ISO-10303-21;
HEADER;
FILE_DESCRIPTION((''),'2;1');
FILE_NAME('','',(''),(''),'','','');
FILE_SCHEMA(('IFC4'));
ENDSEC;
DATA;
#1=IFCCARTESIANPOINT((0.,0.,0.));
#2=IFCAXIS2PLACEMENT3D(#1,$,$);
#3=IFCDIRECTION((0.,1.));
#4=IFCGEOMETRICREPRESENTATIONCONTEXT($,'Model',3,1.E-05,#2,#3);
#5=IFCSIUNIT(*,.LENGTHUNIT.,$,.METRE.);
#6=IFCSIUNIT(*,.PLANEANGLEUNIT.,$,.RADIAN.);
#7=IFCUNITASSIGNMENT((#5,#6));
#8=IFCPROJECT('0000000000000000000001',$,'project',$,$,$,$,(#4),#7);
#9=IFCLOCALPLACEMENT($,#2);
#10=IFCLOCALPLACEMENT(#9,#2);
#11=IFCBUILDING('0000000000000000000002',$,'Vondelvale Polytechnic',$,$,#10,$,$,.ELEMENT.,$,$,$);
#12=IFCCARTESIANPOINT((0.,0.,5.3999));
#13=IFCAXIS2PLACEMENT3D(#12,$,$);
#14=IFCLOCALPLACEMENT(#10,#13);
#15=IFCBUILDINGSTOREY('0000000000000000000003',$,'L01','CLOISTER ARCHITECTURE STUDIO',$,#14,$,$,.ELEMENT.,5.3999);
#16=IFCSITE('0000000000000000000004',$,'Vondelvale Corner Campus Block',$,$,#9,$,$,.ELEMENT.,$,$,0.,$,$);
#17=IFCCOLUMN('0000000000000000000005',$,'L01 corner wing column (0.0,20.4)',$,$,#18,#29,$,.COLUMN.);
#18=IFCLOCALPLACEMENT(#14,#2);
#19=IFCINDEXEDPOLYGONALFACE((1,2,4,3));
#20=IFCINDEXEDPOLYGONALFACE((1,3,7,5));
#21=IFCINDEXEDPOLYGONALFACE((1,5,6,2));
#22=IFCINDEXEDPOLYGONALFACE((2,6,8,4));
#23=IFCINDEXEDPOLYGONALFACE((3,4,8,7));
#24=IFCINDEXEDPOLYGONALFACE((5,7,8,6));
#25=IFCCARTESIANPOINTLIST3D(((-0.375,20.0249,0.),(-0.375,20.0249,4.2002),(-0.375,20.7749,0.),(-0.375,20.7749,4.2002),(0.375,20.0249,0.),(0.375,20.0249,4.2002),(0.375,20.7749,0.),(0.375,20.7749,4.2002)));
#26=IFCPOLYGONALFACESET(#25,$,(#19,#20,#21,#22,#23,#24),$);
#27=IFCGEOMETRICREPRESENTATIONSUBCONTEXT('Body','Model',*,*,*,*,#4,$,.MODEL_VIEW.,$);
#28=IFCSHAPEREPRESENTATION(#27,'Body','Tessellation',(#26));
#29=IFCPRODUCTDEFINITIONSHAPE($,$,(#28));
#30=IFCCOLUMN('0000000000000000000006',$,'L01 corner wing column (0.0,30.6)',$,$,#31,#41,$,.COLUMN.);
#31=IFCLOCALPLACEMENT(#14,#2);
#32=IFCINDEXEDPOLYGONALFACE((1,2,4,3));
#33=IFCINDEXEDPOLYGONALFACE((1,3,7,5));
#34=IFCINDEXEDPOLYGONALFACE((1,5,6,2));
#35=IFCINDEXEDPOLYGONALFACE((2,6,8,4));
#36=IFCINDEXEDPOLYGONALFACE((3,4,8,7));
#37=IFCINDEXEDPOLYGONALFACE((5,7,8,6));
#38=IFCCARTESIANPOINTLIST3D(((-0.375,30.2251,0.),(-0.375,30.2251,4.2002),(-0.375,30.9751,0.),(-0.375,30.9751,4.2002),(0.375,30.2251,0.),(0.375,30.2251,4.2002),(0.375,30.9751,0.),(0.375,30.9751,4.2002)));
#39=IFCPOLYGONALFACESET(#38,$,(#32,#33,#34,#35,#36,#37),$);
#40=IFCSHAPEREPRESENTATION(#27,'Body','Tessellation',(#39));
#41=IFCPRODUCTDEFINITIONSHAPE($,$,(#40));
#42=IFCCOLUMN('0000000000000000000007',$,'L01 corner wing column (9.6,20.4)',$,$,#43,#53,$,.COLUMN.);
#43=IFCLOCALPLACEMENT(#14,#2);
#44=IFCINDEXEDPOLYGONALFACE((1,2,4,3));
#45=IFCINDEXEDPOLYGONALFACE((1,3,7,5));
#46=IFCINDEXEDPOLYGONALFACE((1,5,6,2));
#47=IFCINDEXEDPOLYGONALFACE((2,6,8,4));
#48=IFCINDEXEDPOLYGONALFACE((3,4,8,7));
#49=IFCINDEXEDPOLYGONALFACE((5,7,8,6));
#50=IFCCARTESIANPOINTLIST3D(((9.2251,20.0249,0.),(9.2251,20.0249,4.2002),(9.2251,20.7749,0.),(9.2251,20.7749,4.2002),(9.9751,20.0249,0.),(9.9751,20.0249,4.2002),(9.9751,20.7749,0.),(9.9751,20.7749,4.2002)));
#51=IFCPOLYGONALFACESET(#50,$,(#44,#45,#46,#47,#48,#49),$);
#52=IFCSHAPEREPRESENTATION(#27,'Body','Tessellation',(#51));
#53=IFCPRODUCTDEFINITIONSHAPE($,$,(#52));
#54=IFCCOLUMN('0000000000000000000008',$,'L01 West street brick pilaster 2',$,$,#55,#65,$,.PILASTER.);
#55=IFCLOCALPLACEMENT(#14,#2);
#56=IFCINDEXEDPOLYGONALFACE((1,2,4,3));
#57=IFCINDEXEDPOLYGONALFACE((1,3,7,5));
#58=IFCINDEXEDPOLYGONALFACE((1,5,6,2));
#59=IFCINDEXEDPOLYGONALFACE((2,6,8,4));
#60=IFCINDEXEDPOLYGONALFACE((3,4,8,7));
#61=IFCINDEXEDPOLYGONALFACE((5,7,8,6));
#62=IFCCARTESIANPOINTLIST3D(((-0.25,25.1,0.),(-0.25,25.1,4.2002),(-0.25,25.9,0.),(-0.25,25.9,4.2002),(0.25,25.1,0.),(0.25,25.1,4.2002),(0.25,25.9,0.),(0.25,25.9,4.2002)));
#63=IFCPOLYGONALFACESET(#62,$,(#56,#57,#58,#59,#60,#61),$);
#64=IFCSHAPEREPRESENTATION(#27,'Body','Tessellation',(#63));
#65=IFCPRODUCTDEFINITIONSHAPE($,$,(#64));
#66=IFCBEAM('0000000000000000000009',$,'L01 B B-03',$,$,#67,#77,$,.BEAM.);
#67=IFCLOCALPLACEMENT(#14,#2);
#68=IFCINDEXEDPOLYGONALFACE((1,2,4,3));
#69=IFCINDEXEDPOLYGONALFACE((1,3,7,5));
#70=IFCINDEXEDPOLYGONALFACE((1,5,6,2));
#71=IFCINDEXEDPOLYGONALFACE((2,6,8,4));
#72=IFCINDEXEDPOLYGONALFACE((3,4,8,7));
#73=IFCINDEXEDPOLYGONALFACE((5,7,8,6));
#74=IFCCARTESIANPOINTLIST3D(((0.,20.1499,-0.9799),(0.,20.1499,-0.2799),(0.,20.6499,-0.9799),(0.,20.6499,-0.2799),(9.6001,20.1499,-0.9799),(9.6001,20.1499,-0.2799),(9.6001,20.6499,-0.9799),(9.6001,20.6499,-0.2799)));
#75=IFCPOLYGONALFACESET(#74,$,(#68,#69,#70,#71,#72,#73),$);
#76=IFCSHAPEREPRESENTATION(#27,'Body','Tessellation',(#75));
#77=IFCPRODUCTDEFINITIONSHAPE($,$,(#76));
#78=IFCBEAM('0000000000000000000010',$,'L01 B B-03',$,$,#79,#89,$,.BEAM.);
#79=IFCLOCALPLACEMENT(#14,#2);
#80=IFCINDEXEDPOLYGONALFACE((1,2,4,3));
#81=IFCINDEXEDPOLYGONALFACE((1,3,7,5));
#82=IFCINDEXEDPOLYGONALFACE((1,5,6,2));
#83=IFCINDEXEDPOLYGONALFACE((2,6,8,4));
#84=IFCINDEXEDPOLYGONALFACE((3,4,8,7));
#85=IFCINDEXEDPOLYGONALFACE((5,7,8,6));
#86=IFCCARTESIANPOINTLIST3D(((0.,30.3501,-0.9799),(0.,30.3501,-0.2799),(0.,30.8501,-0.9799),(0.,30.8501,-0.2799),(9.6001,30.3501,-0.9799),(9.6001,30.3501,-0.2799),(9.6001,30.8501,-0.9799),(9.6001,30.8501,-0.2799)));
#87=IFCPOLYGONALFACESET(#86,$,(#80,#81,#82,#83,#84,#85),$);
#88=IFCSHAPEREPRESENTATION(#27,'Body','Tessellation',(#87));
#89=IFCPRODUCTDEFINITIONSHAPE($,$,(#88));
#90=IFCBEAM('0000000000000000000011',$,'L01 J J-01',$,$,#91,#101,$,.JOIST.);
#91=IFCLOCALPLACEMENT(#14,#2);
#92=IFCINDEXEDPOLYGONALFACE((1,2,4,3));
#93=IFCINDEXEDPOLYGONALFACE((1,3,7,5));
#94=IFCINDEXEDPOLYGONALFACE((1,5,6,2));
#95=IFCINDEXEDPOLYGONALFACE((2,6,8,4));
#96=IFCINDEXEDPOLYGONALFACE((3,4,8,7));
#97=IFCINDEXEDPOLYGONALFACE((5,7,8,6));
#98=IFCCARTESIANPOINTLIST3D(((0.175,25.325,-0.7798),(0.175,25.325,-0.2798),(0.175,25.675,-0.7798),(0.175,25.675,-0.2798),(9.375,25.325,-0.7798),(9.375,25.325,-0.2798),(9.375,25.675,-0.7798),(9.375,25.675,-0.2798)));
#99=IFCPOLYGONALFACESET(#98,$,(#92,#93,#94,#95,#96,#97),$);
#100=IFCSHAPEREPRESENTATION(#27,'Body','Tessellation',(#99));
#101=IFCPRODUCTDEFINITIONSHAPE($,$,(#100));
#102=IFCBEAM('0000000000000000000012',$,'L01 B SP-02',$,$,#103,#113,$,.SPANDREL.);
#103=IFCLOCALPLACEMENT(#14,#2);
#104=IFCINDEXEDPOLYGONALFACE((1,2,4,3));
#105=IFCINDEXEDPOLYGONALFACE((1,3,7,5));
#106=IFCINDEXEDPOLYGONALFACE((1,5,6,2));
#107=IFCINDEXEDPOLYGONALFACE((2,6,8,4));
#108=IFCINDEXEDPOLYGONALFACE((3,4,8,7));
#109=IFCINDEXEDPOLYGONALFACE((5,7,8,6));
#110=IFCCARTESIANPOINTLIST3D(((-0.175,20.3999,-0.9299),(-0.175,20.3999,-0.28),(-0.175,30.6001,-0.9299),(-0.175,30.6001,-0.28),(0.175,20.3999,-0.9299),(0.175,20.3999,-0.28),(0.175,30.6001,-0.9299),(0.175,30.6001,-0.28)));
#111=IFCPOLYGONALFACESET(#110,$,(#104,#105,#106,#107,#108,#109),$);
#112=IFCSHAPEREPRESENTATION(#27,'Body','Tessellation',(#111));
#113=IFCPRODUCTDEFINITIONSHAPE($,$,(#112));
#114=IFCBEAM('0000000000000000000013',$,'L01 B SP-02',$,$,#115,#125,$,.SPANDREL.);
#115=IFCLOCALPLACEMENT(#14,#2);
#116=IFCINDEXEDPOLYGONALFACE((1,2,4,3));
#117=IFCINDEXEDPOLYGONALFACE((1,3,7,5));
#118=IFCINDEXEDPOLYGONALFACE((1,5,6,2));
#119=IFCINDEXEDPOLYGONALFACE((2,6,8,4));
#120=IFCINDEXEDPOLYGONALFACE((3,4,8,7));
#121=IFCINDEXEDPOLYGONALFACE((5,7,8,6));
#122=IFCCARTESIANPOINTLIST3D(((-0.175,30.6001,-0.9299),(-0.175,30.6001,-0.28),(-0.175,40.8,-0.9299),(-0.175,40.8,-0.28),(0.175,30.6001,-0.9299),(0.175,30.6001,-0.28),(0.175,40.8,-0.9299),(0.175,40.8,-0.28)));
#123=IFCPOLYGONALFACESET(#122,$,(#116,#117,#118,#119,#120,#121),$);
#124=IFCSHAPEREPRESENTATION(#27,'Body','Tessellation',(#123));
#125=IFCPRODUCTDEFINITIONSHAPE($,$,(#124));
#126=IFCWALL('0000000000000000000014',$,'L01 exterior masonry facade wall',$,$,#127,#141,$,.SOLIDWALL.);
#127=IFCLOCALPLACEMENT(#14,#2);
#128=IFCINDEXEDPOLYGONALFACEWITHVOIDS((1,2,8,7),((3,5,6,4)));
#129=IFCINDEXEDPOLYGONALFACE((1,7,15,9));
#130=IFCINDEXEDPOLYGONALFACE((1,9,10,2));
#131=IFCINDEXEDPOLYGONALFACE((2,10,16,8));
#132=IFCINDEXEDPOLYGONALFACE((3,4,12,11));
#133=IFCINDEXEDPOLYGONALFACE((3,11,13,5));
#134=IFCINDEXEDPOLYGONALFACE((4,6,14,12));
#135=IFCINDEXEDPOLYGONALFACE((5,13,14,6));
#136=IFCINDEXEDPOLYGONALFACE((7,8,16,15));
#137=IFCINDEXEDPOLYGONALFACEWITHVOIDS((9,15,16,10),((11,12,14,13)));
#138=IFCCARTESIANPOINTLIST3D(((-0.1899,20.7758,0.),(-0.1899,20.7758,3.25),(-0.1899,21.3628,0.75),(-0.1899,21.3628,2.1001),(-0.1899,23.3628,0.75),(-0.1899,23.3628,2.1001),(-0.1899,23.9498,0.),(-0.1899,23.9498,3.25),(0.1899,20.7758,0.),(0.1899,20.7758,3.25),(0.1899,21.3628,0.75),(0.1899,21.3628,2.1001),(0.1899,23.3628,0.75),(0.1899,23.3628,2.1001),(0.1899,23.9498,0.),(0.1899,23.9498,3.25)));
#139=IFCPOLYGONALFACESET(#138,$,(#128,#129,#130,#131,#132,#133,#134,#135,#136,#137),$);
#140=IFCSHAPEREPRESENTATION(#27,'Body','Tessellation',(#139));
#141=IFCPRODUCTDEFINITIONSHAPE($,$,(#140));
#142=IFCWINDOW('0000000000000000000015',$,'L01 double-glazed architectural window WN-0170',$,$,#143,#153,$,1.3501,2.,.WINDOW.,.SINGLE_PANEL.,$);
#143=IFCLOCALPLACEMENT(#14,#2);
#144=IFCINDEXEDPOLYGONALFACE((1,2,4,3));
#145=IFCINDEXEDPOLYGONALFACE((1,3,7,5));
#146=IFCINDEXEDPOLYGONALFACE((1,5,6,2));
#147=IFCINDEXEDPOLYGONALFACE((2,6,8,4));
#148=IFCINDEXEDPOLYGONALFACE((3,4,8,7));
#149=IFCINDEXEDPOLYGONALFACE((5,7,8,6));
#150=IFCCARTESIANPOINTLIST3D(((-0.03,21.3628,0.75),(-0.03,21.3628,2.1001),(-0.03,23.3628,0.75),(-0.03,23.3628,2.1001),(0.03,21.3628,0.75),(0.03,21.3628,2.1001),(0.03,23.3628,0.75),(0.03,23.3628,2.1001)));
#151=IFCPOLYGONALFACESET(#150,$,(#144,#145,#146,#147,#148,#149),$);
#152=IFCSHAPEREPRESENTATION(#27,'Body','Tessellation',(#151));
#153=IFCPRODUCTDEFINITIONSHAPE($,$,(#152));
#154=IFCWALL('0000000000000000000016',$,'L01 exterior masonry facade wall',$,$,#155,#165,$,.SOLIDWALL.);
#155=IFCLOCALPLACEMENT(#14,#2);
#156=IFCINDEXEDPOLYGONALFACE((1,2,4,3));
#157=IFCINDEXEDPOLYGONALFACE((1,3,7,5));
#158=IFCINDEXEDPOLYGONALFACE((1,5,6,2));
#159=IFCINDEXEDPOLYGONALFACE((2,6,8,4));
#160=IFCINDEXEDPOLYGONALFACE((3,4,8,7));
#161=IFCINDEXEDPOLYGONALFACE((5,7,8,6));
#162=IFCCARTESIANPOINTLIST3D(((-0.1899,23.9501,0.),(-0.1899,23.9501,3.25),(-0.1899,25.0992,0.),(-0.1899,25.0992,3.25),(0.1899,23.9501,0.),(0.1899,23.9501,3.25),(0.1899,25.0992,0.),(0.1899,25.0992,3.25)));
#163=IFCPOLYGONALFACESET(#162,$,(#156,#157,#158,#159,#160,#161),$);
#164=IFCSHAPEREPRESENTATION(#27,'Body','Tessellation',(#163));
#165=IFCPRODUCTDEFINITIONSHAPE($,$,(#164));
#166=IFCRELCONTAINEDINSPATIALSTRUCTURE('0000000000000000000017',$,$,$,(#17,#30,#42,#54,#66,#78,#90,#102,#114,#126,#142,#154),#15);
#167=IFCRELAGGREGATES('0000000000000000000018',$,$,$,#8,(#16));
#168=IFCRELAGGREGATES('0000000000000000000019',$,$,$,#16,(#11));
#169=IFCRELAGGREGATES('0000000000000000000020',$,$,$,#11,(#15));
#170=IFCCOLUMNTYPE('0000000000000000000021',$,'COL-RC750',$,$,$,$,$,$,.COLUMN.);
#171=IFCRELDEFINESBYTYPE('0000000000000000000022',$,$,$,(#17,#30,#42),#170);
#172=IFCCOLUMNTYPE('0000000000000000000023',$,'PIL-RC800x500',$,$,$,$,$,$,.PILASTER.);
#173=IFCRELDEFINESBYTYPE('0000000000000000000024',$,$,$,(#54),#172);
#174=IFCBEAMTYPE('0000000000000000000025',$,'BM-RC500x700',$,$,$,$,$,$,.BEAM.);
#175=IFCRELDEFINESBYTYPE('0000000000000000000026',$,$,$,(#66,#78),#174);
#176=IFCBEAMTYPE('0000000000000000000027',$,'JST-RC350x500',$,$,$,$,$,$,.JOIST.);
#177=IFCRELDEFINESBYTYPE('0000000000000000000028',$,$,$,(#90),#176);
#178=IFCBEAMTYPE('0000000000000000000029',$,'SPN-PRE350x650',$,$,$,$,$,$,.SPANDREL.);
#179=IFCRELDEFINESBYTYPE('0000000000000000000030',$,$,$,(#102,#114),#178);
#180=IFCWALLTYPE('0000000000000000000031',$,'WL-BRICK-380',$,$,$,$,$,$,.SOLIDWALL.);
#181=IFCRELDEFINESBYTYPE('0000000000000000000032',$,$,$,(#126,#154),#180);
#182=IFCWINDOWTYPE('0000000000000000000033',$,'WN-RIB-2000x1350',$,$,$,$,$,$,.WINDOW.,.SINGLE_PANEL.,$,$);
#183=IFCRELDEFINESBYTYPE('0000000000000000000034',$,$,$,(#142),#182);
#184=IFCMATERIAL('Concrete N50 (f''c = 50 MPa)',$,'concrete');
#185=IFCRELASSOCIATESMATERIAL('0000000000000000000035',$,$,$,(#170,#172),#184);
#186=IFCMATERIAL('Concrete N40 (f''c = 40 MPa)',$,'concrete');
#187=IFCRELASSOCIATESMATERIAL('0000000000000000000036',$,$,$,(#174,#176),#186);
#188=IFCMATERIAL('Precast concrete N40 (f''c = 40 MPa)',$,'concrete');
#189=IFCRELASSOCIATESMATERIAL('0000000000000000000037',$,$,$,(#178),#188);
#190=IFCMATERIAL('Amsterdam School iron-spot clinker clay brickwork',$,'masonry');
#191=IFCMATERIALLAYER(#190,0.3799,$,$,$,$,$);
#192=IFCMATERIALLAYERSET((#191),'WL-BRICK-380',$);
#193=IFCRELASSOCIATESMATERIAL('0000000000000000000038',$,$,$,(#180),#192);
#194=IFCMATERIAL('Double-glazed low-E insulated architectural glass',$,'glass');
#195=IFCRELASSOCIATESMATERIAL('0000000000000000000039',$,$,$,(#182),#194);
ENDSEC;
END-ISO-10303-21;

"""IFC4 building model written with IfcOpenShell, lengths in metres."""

from ifc_helpers import new_model, si_unit, direction, frame, frame_2d, origin, origin_2d, place, context, subcontext, project, spatial, rectangle, extrude, material, layer, layer_set, material_profile, profile_set, type_object, element, fill, save


model = new_model("IFC4")

# Units and contexts
model_context = context("Model", 3, precision=1e-05, world=origin(), true_north=direction((0.0, 1.0)))
body_context = subcontext(model_context, "Body", "Model", "MODEL_VIEW")
ifc_project = project(units=[si_unit("LENGTHUNIT", "METRE"), si_unit("PLANEANGLEUNIT", "RADIAN")], contexts=[model_context])

# Site, building, storey
site_placement = place(None, origin())
site = spatial("IfcSite", under=ifc_project, at=site_placement, Name="Vondelvale Corner Campus Block", CompositionType="ELEMENT", RefElevation=0.0)
building_placement = place(site_placement, origin())
building = spatial("IfcBuilding", under=site, at=building_placement, Name="Vondelvale Polytechnic", CompositionType="ELEMENT")
storey_placement = place(building_placement, frame((0.0, 0.0, 5.3999)))
storey = spatial("IfcBuildingStorey", under=building, at=storey_placement, Name="L01", Description="CLOISTER ARCHITECTURE STUDIO", CompositionType="ELEMENT", Elevation=5.3999)

# Columns
ifc_material_1 = material(Name="Concrete N50 (f'c = 50 MPa)", Category="concrete")
ifc_material_profile_1 = material_profile(ifc_material_1, rectangle(XDim=0.75, YDim=0.75, at=origin_2d()), Name="RC-COL-750x750")
ifc_profile_set_1 = profile_set([ifc_material_profile_1], Name="Concrete N50 (f'c = 50 MPa)")
column_type_1 = type_object("IfcColumnType", Name="COL-RC750", PredefinedType="COLUMN", material=ifc_profile_set_1)
for number, where, z_axis, x_axis, name in (
    (1, (0.0, 20.3999, 0.0), (0.0, 0.0, 1.0), (1.0, 0.0, 0.0), "L01 corner wing column (0.0,20.4)"),
    (2, (0.0, 30.6001, 0.0), (0.0, 0.0, 1.0), (1.0, 0.0, 0.0), "L01 corner wing column (0.0,30.6)"),
    (3, (9.6001, 20.3999, 0.0), (0.0, 0.0, 1.0), (1.0, 0.0, 0.0), "L01 corner wing column (9.6,20.4)"),
):
    element("IfcColumn", number, at=place(storey_placement, frame(where, z_axis=z_axis, x_axis=x_axis)), inside=storey, type_object=column_type_1, Name=name, PredefinedType="COLUMN", context=body_context, shape_type="SweptSolid", body=[
        extrude(rectangle(XDim=0.75, YDim=0.75, at=origin_2d()), origin(), (0.0, 0.0, 1.0), 4.2002),
    ])
ifc_material_profile_2 = material_profile(ifc_material_1, rectangle(XDim=0.5, YDim=0.8, at=origin_2d()), Name="RC-PIL-800x500")
ifc_profile_set_2 = profile_set([ifc_material_profile_2], Name="Concrete N50 (f'c = 50 MPa)")
column_type_2 = type_object("IfcColumnType", Name="PIL-RC800x500", PredefinedType="PILASTER", material=ifc_profile_set_2)
column_placement = place(storey_placement, frame((0.0, 25.5, 0.0), z_axis=(0.0, 0.0, 1.0), x_axis=(1.0, 0.0, 0.0)))
element("IfcColumn", 4, at=column_placement, inside=storey, type_object=column_type_2, Name="L01 West street brick pilaster 2", PredefinedType="PILASTER", context=body_context, shape_type="SweptSolid", body=[
    extrude(rectangle(XDim=0.5, YDim=0.8, at=origin_2d()), origin(), (0.0, 0.0, 1.0), 4.2002),
])

# Beams
ifc_material_2 = material(Name="Concrete N40 (f'c = 40 MPa)", Category="concrete")
ifc_material_profile_3 = material_profile(ifc_material_2, rectangle(XDim=0.5, YDim=0.7, at=origin_2d()), Name="RC-BM-500x700")
ifc_profile_set_3 = profile_set([ifc_material_profile_3], Name="Concrete N40 (f'c = 40 MPa)")
beam_type_1 = type_object("IfcBeamType", Name="BM-RC500x700", PredefinedType="BEAM", material=ifc_profile_set_3)
for number, where, z_axis, x_axis, name in (
    (5, (0.0, 20.3999, -0.6299), (1.0, 0.0, 0.0), (0.0, 1.0, 0.0), "L01 B B-03"),
    (6, (0.0, 30.6001, -0.6299), (1.0, 0.0, 0.0), (0.0, 1.0, 0.0), "L01 B B-03"),
):
    element("IfcBeam", number, at=place(storey_placement, frame(where, z_axis=z_axis, x_axis=x_axis)), inside=storey, type_object=beam_type_1, Name=name, PredefinedType="BEAM", context=body_context, shape_type="SweptSolid", body=[
        extrude(rectangle(XDim=0.5, YDim=0.7, at=origin_2d()), origin(), (0.0, 0.0, 1.0), 9.6001),
    ])
ifc_material_profile_4 = material_profile(ifc_material_2, rectangle(XDim=0.3501, YDim=0.5, at=origin_2d()), Name="RC-JST-350x500")
ifc_profile_set_4 = profile_set([ifc_material_profile_4], Name="Concrete N40 (f'c = 40 MPa)")
beam_type_2 = type_object("IfcBeamType", Name="JST-RC350x500", PredefinedType="JOIST", material=ifc_profile_set_4)
beam_1_placement = place(storey_placement, frame((0.175, 25.5, -0.5298), z_axis=(1.0, 0.0, 0.0), x_axis=(0.0, 1.0, 0.0)))
element("IfcBeam", 7, at=beam_1_placement, inside=storey, type_object=beam_type_2, Name="L01 J J-01", PredefinedType="JOIST", context=body_context, shape_type="SweptSolid", body=[
    extrude(rectangle(XDim=0.3501, YDim=0.5, at=origin_2d()), origin(), (0.0, 0.0, 1.0), 9.2),
])
ifc_material_3 = material(Name="Precast concrete N40 (f'c = 40 MPa)", Category="concrete")
ifc_material_profile_5 = material_profile(ifc_material_3, rectangle(XDim=0.3501, YDim=0.6499, at=origin_2d()), Name="RC-SPN-350x650")
ifc_profile_set_5 = profile_set([ifc_material_profile_5], Name="Precast concrete N40 (f'c = 40 MPa)")
beam_type_3 = type_object("IfcBeamType", Name="SPN-PRE350x650", PredefinedType="SPANDREL", material=ifc_profile_set_5)
beam_2_placement = place(storey_placement, frame((0.0, 20.3999, -0.605), z_axis=(0.0, 1.0, 0.0), x_axis=(-1.0, 0.0, 0.0)))
element("IfcBeam", 8, at=beam_2_placement, inside=storey, type_object=beam_type_3, Name="L01 B SP-02", PredefinedType="SPANDREL", context=body_context, shape_type="SweptSolid", body=[
    extrude(rectangle(XDim=0.3501, YDim=0.6499, at=origin_2d()), origin(), (0.0, 0.0, 1.0), 10.2002),
])
beam_3_placement = place(storey_placement, frame((0.0, 30.6001, -0.605), z_axis=(0.0, 1.0, 0.0), x_axis=(-1.0, 0.0, 0.0)))
element("IfcBeam", 9, at=beam_3_placement, inside=storey, type_object=beam_type_3, Name="L01 B SP-02", PredefinedType="SPANDREL", context=body_context, shape_type="SweptSolid", body=[
    extrude(rectangle(XDim=0.3501, YDim=0.6499, at=origin_2d()), origin(), (0.0, 0.0, 1.0), 10.2),
])

# Wall, opening, window
ifc_material_4 = material(Name="Amsterdam School iron-spot clinker clay brickwork", Category="masonry")
ifc_layer_1 = layer(ifc_material_4, 0.3799)
ifc_layer_set_1 = layer_set([ifc_layer_1], Name="WL-BRICK-380")
wall_type_1 = type_object("IfcWallType", Name="WL-BRICK-380", PredefinedType="SOLIDWALL", material=ifc_layer_set_1)
wall_1_placement = place(storey_placement, frame((0.0, 20.7759, 0.0), z_axis=(0.0, 0.0, 1.0), x_axis=(0.0, 1.0, 0.0)))
wall_1 = element("IfcWall", 10, at=wall_1_placement, inside=storey, type_object=wall_type_1, Name="L01 exterior masonry facade wall", PredefinedType="SOLIDWALL", context=body_context, shape_type="SweptSolid", body=[
    extrude(rectangle(XDim=3.1741, YDim=0.3799, at=frame_2d((1.5869, 0.0))), origin(), (0.0, 0.0, 1.0), 3.25),
])
opening_1_placement = place(wall_1_placement, frame((0.5869, 0.0, 0.75)))
opening_1 = element("IfcOpeningElement", 11, at=opening_1_placement, cuts=wall_1, PredefinedType="OPENING", context=body_context, shape_type="SweptSolid", body=[
    extrude(rectangle(XDim=2.0, YDim=1.3501, at=frame_2d((1.0, 0.675))), frame((0.0, 0.2, 0.0), z_axis=(0.0, -1.0, 0.0), x_axis=(1.0, 0.0, 0.0)), (0.0, 0.0, 1.0), 0.3999),
])
ifc_material_5 = material(Name="Double-glazed low-E insulated architectural glass", Category="glass")
window_type_1 = type_object("IfcWindowType", Name="WN-RIB-2000x1350", PartitioningType="SINGLE_PANEL", PredefinedType="WINDOW", material=ifc_material_5)
window_1_placement = place(opening_1_placement, origin())
window_1 = element("IfcWindow", 12, at=window_1_placement, inside=storey, type_object=window_type_1, Name="L01 double-glazed architectural window WN-0170", OverallHeight=1.3501, OverallWidth=2.0, PartitioningType="SINGLE_PANEL", PredefinedType="WINDOW", context=body_context, shape_type="SweptSolid", body=[
    extrude(rectangle(XDim=2.0, YDim=1.3501, at=frame_2d((1.0, 0.675))), frame((0.0, 0.03, 0.0), z_axis=(0.0, -1.0, 0.0), x_axis=(1.0, 0.0, 0.0)), (0.0, 0.0, 1.0), 0.0601),
])
fill(opening_1, window_1)

# Wall
wall_2_placement = place(storey_placement, frame((0.0, 23.95, 0.0), z_axis=(0.0, 0.0, 1.0), x_axis=(0.0, 1.0, 0.0)))
element("IfcWall", 13, at=wall_2_placement, inside=storey, type_object=wall_type_1, Name="L01 exterior masonry facade wall", PredefinedType="SOLIDWALL", context=body_context, shape_type="SweptSolid", body=[
    extrude(rectangle(XDim=1.1492, YDim=0.3799, at=frame_2d((0.5747, 0.0))), origin(), (0.0, 0.0, 1.0), 3.25),
])

save(model, "model.ifc")
